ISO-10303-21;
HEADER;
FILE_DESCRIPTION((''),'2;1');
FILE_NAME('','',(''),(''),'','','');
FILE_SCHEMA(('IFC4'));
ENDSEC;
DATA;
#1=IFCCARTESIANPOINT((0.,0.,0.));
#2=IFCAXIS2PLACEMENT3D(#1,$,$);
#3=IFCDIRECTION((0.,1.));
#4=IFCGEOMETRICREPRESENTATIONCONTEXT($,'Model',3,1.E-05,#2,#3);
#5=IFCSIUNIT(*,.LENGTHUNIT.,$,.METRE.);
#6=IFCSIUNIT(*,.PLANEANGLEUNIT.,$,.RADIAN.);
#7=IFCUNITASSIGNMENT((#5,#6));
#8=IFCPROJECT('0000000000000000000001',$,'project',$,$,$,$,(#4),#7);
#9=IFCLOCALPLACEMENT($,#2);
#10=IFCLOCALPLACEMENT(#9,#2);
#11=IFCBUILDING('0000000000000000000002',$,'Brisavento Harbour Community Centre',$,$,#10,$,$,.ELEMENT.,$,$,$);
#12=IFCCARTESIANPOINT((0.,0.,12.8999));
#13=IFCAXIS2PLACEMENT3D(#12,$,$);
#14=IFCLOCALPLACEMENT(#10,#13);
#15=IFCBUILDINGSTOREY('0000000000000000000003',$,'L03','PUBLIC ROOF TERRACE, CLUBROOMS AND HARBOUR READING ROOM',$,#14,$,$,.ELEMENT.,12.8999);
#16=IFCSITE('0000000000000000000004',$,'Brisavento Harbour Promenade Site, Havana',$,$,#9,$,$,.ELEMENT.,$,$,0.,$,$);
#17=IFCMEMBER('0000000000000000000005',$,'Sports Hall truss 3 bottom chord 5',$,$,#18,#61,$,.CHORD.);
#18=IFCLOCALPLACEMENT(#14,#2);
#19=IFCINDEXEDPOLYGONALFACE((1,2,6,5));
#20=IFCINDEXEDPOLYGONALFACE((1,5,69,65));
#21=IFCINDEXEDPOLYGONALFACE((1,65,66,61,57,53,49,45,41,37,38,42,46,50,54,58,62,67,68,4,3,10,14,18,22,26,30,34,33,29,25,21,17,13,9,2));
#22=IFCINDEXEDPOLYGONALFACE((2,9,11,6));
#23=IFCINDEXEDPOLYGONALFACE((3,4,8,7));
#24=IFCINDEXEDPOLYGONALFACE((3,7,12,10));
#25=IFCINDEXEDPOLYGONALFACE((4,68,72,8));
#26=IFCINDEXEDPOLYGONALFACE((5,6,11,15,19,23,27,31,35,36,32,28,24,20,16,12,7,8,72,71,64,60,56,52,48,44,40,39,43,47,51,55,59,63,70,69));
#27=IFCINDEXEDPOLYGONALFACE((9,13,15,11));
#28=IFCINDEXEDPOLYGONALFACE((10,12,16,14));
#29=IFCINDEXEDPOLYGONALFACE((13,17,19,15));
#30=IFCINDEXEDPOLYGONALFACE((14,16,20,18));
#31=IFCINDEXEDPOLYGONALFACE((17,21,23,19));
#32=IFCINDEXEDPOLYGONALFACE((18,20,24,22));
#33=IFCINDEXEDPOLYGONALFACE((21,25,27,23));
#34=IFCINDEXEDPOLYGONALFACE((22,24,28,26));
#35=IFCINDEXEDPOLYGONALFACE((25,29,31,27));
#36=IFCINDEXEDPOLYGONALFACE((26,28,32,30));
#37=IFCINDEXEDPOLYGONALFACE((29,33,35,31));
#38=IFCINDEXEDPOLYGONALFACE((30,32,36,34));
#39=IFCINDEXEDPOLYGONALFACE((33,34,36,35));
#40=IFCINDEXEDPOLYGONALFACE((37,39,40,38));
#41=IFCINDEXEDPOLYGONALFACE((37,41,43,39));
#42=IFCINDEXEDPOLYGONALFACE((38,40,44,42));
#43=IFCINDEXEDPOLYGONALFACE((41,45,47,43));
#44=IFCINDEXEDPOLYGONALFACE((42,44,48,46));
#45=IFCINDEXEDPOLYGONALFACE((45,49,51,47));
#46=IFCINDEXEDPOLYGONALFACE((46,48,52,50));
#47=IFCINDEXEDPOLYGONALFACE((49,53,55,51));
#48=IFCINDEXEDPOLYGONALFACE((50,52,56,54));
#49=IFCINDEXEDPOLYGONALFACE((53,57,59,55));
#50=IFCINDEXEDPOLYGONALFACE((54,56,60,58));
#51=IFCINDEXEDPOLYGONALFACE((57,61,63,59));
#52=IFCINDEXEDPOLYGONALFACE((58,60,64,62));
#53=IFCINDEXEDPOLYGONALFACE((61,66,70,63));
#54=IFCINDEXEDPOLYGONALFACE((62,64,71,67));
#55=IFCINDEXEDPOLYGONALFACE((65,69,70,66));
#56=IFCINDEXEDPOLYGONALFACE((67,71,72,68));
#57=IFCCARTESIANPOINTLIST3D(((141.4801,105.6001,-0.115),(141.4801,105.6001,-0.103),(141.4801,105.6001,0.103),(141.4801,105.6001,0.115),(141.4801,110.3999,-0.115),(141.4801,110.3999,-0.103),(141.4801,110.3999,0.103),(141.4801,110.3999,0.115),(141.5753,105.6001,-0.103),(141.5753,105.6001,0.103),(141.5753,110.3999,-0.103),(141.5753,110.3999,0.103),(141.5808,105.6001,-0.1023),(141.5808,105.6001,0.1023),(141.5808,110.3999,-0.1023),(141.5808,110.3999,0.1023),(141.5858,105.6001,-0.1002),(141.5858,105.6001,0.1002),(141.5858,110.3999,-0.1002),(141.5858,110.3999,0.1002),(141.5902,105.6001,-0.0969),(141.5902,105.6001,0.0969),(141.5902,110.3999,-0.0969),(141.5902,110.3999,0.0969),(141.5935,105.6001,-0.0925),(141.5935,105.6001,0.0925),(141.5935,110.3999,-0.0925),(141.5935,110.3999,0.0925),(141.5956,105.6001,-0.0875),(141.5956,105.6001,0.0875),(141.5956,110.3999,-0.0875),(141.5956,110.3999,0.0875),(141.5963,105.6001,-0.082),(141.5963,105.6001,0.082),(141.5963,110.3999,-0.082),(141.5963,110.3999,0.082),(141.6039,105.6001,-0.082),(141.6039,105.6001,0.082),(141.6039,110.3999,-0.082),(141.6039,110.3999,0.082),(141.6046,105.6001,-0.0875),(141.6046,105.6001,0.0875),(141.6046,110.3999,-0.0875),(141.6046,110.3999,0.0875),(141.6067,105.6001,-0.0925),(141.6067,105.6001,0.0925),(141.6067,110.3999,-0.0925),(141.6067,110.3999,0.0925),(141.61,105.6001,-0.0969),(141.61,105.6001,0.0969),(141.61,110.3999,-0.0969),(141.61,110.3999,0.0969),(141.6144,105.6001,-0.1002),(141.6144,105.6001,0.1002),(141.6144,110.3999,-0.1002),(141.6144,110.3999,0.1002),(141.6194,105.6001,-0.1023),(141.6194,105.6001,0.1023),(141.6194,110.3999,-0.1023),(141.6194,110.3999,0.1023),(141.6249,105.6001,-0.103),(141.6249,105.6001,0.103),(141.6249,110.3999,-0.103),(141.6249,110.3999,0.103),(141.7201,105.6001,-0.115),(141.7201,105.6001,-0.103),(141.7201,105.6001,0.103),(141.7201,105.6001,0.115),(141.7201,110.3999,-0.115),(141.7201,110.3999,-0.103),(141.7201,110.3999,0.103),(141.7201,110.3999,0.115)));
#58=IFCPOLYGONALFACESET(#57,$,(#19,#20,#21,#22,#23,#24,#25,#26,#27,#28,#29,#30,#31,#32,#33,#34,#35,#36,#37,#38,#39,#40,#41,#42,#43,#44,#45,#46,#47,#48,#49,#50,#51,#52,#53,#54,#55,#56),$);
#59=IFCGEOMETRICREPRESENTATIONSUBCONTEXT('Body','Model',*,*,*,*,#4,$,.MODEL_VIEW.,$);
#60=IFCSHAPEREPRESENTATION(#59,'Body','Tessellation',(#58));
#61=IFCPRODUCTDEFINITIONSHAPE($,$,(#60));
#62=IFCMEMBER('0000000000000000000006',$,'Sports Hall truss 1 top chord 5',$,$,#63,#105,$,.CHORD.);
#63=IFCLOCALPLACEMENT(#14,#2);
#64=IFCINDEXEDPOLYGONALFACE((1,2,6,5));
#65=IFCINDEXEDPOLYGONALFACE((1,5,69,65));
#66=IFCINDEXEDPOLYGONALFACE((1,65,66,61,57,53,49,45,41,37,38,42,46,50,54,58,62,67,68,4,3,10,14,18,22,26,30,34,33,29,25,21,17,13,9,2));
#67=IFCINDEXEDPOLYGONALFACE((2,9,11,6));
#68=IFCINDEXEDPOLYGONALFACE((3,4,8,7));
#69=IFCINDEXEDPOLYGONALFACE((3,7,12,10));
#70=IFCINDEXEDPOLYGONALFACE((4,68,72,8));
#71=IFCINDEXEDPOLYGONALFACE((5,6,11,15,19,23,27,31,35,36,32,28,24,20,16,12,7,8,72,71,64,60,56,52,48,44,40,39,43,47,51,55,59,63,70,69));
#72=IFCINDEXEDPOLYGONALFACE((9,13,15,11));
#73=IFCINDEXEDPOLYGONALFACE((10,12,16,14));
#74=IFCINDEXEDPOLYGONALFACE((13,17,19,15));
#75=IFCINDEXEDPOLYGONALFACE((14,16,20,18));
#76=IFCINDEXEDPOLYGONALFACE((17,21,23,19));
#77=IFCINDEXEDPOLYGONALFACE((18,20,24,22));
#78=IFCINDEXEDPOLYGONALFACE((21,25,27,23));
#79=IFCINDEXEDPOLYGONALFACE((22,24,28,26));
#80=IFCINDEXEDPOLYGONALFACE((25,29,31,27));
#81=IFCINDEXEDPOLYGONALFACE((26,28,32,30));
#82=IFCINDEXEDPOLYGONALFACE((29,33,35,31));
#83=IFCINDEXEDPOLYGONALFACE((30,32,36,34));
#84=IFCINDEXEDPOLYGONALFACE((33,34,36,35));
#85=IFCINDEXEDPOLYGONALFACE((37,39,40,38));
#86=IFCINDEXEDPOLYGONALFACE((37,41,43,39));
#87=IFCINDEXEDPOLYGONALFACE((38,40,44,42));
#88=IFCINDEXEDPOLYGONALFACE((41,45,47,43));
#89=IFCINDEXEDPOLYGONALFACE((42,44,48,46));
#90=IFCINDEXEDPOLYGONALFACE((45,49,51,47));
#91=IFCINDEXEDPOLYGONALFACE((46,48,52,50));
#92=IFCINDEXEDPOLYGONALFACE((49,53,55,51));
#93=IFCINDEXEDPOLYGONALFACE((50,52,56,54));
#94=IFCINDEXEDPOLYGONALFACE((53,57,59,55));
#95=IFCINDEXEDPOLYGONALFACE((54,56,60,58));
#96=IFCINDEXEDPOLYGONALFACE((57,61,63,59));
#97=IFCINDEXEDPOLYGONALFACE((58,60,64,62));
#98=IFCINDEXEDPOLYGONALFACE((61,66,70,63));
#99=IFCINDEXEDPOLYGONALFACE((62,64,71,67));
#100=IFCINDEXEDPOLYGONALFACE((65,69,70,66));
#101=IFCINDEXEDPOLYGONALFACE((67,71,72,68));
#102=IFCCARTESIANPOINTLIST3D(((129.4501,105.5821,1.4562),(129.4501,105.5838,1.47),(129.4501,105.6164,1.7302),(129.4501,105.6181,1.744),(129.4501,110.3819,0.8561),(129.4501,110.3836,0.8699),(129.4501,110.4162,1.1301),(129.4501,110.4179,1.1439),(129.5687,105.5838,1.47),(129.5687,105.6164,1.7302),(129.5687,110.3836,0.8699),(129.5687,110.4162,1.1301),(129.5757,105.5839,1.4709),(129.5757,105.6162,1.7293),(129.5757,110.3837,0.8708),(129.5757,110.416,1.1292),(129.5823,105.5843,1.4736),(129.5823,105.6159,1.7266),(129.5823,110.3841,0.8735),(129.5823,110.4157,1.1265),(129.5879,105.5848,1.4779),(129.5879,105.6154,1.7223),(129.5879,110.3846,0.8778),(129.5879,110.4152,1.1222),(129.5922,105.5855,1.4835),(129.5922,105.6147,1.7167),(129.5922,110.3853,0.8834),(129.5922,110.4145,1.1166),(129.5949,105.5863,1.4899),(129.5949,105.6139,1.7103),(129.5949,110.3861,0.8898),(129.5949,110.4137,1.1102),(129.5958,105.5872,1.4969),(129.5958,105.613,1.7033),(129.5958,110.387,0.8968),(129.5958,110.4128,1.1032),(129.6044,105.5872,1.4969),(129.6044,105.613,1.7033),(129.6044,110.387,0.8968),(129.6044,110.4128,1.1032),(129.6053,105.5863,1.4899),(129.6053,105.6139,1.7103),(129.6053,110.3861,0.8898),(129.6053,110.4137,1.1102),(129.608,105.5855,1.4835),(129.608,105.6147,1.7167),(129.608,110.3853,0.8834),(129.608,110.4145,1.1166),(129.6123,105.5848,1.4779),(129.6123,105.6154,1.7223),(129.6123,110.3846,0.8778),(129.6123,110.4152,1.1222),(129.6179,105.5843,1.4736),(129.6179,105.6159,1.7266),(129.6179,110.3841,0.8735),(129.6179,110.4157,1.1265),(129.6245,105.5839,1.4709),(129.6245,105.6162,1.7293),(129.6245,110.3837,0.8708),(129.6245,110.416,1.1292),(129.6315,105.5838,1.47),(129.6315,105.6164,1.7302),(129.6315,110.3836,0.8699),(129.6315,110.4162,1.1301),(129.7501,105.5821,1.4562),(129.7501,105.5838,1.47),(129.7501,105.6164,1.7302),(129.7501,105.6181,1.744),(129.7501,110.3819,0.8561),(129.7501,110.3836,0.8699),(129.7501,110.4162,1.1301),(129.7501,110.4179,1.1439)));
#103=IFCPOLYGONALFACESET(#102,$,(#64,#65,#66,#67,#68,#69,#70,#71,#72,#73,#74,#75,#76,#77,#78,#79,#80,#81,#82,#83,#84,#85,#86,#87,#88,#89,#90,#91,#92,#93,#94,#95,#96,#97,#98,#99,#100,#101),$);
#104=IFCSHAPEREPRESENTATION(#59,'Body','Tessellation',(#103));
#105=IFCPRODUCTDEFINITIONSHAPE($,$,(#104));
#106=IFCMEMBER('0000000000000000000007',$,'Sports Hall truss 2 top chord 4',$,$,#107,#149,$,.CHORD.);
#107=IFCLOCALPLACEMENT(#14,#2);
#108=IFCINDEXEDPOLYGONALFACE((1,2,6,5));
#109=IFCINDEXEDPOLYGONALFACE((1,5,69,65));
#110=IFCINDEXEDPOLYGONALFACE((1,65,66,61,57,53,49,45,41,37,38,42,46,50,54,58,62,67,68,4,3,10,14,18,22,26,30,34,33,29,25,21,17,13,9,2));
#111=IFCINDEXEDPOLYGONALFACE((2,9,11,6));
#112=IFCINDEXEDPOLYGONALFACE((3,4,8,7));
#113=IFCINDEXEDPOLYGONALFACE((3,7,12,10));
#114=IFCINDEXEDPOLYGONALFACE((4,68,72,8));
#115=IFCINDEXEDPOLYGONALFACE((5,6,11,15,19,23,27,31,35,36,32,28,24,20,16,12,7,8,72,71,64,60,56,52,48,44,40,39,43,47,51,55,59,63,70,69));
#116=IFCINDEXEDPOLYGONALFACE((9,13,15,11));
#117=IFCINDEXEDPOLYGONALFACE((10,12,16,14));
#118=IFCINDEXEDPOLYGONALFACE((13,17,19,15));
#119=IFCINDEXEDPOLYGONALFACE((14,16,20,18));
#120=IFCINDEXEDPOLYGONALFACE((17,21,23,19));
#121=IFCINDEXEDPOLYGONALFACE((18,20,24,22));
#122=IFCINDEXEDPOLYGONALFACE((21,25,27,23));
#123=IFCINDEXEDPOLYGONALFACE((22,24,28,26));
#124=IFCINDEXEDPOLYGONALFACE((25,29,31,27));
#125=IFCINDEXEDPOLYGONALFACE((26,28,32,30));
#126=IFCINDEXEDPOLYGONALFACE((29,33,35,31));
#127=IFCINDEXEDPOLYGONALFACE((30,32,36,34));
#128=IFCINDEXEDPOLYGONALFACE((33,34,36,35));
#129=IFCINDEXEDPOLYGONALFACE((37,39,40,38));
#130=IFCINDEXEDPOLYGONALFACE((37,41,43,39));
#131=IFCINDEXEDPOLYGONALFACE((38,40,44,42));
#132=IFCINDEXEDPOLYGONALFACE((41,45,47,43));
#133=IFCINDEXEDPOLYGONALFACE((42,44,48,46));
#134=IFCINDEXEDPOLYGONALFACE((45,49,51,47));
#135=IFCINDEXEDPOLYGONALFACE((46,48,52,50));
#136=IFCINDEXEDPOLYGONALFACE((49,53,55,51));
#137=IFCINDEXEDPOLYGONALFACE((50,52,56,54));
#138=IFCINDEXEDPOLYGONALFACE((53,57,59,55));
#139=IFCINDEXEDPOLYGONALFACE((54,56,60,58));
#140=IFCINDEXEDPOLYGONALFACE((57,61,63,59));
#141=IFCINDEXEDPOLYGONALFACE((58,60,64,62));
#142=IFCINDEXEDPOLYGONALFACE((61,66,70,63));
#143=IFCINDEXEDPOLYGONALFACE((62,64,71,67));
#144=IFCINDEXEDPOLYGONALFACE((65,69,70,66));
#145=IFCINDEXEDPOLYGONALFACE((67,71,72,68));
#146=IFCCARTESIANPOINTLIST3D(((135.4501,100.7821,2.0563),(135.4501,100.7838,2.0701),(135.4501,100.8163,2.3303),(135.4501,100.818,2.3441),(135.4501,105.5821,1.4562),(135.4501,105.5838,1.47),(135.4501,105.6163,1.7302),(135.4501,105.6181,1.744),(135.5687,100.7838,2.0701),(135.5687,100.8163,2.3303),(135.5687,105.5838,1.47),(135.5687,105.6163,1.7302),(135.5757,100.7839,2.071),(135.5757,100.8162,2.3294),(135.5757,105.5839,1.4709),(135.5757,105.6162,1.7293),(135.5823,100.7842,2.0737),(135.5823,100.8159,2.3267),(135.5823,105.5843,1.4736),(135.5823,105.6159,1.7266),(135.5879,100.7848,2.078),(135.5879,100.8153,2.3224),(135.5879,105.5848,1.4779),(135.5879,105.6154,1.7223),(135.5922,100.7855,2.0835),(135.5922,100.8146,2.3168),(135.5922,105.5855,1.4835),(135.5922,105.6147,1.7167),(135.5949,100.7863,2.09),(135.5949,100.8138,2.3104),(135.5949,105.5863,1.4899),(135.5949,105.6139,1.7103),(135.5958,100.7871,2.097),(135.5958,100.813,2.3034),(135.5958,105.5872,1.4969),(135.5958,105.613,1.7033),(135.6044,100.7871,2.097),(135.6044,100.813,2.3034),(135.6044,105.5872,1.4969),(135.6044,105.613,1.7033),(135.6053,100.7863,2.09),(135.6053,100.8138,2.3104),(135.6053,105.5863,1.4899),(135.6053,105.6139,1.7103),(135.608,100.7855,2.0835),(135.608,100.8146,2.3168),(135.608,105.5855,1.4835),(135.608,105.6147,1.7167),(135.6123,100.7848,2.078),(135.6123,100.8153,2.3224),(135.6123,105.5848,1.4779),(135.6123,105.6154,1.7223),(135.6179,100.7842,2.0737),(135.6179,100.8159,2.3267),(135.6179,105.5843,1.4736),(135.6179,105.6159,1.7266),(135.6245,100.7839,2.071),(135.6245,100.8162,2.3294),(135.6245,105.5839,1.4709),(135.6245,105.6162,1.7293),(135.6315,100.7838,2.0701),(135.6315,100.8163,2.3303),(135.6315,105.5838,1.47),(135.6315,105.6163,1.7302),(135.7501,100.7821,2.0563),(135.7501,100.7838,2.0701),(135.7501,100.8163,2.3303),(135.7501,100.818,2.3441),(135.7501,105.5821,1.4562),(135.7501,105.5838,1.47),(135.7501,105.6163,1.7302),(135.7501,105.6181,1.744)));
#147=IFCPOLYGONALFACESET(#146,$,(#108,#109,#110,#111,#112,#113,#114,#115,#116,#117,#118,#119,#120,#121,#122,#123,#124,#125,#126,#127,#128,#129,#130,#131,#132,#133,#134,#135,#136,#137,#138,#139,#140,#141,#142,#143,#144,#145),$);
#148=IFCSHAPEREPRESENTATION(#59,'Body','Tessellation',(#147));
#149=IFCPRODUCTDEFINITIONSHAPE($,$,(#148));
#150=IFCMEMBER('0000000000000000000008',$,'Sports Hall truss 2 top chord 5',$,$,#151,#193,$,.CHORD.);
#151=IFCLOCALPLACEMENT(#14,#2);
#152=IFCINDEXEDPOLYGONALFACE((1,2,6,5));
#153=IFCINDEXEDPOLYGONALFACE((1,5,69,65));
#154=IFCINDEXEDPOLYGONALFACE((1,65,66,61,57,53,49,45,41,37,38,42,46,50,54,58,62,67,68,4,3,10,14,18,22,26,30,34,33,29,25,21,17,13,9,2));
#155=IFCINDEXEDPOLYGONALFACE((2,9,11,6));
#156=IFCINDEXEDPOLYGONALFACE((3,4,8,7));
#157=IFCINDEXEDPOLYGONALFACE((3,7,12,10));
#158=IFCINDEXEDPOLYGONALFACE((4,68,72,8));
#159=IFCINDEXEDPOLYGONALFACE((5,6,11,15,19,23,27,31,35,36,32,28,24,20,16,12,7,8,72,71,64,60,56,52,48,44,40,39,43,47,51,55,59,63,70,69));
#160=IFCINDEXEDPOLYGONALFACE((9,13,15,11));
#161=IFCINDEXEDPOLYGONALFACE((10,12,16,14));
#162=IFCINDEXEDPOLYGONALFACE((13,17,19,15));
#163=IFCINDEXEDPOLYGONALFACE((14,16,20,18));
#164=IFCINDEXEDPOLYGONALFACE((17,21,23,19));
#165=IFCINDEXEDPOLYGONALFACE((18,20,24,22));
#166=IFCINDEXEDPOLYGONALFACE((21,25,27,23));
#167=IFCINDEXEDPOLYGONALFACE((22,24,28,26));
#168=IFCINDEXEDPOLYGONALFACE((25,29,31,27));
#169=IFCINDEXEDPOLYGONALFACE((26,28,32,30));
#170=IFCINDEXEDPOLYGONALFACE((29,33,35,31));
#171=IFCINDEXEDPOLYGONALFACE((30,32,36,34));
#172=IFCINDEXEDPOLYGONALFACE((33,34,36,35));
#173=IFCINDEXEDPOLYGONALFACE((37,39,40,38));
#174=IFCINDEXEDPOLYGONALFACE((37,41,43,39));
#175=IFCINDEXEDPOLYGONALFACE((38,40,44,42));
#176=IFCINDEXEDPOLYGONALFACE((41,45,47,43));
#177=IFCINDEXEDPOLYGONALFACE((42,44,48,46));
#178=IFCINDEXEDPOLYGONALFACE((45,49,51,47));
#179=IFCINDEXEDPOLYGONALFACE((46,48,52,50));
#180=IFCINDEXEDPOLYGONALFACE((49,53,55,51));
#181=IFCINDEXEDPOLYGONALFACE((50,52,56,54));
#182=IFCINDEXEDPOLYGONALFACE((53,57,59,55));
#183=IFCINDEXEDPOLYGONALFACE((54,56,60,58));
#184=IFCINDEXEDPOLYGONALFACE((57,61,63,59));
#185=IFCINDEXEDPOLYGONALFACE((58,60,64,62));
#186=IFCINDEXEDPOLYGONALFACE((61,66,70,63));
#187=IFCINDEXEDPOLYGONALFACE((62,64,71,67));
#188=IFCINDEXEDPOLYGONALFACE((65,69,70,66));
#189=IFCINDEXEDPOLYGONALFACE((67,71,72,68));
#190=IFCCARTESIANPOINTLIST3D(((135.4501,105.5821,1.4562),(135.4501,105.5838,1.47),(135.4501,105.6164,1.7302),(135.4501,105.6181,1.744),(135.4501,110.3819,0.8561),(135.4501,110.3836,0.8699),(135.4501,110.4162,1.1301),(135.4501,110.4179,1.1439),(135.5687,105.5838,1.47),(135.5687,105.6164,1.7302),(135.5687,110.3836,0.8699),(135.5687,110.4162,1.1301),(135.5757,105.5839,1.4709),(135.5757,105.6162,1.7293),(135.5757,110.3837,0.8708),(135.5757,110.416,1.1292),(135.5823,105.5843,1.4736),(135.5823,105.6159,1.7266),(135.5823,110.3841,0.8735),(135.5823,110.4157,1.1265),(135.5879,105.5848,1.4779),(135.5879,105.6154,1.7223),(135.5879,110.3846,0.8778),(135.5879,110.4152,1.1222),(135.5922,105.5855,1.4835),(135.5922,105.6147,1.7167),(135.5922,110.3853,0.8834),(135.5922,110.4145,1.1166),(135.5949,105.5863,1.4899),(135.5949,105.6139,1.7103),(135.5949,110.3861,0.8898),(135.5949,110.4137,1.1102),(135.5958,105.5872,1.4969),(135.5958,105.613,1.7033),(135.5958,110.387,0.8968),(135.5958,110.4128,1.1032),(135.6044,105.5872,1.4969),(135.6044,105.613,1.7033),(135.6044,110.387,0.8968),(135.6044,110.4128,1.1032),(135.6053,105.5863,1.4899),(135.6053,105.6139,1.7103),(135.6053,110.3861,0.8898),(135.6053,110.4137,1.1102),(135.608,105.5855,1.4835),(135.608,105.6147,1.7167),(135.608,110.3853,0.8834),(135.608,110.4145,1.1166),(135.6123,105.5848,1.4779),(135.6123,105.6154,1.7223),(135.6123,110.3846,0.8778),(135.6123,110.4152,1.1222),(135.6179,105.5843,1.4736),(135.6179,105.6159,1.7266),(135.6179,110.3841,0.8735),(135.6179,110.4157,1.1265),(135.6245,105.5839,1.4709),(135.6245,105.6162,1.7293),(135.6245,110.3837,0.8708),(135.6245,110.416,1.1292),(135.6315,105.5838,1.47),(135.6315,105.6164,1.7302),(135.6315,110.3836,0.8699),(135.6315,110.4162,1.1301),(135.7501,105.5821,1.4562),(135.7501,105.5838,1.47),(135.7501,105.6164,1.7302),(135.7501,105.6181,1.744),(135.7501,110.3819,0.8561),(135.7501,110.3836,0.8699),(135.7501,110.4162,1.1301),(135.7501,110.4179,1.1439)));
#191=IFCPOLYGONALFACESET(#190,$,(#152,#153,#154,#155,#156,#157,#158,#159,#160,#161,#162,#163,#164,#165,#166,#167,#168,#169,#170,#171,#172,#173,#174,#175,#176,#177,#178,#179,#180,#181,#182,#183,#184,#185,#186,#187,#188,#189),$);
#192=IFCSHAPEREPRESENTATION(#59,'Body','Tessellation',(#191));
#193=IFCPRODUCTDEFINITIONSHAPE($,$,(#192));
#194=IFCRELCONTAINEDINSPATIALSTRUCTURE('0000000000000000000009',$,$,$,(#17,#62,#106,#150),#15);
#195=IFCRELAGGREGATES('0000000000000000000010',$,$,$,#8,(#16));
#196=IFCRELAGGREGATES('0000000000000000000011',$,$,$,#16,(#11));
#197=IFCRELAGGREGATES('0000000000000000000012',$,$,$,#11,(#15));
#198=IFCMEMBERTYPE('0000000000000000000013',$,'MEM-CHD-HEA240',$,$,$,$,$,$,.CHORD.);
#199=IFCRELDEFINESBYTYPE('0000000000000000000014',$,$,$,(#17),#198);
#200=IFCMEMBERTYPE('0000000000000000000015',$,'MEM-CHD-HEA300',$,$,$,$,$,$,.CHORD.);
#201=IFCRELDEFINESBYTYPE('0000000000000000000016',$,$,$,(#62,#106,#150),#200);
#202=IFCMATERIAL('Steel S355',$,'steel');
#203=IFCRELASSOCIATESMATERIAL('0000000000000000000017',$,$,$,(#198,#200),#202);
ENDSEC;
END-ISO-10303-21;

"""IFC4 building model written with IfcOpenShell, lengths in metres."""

from ifc_helpers import new_model, si_unit, direction, frame, origin, origin_2d, place, context, subcontext, project, spatial, i_section, extrude, material, material_profile, profile_set, type_object, element, save


model = new_model("IFC4")

# Units and contexts
model_context = context("Model", 3, precision=1e-05, world=origin(), true_north=direction((0.0, 1.0)))
body_context = subcontext(model_context, "Body", "Model", "MODEL_VIEW")
ifc_project = project(units=[si_unit("LENGTHUNIT", "METRE"), si_unit("PLANEANGLEUNIT", "RADIAN")], contexts=[model_context])

# Site, building, storey
site_placement = place(None, origin())
site = spatial("IfcSite", under=ifc_project, at=site_placement, Name="Brisavento Harbour Promenade Site, Havana", CompositionType="ELEMENT", RefElevation=0.0)
building_placement = place(site_placement, origin())
building = spatial("IfcBuilding", under=site, at=building_placement, Name="Brisavento Harbour Community Centre", CompositionType="ELEMENT")
storey_placement = place(building_placement, frame((0.0, 0.0, 12.8999)))
storey = spatial("IfcBuildingStorey", under=building, at=storey_placement, Name="L03", Description="PUBLIC ROOF TERRACE, CLUBROOMS AND HARBOUR READING ROOM", CompositionType="ELEMENT", Elevation=12.8999)

# Members
ifc_material_1 = material(Name="Steel S355", Category="steel")
ifc_material_profile_1 = material_profile(ifc_material_1, i_section(OverallWidth=0.24, OverallDepth=0.23, WebThickness=0.0076, FlangeThickness=0.012, FilletRadius=0.021, at=origin_2d()), Name="Steel S355")
ifc_profile_set_1 = profile_set([ifc_material_profile_1], Name="Steel S355")
member_type_1 = type_object("IfcMemberType", Name="MEM-CHD-HEA240", PredefinedType="CHORD", material=ifc_profile_set_1)
member_1_placement = place(storey_placement, frame((141.6001, 105.6001, 0.0), z_axis=(0.0, 1.0, 0.0), x_axis=(-1.0, 0.0, 0.0)))
element("IfcMember", 1, at=member_1_placement, inside=storey, type_object=member_type_1, Name="Sports Hall truss 3 bottom chord 5", PredefinedType="CHORD", context=body_context, shape_type="SweptSolid", body=[
    extrude(i_section(OverallWidth=0.24, OverallDepth=0.23, WebThickness=0.0076, FlangeThickness=0.012, FilletRadius=0.021, at=origin_2d()), origin(), (0.0, 0.0, 1.0), 4.7998),
])
ifc_material_profile_2 = material_profile(ifc_material_1, i_section(OverallWidth=0.3, OverallDepth=0.29, WebThickness=0.0085, FlangeThickness=0.0139, FilletRadius=0.0271, at=origin_2d()), Name="Steel S355")
ifc_profile_set_2 = profile_set([ifc_material_profile_2], Name="Steel S355")
member_type_2 = type_object("IfcMemberType", Name="MEM-CHD-HEA300", PredefinedType="CHORD", material=ifc_profile_set_2)
member_2_placement = place(storey_placement, frame((129.6001, 105.6001, 1.6001), z_axis=(0.0, 0.992275, -0.12406), x_axis=(-1.0, 0.0, 0.0)))
element("IfcMember", 2, at=member_2_placement, inside=storey, type_object=member_type_2, Name="Sports Hall truss 1 top chord 5", PredefinedType="CHORD", context=body_context, shape_type="SweptSolid", body=[
    extrude(i_section(OverallWidth=0.3, OverallDepth=0.29, WebThickness=0.0085, FlangeThickness=0.0139, FilletRadius=0.0271, at=origin_2d()), origin(), (0.0, 0.0, 1.0), 4.8372),
])
member_3_placement = place(storey_placement, frame((135.6001, 100.8, 2.2002), z_axis=(0.0, 0.992276, -0.124053), x_axis=(-1.0, 0.0, 0.0)))
element("IfcMember", 3, at=member_3_placement, inside=storey, type_object=member_type_2, Name="Sports Hall truss 2 top chord 4", PredefinedType="CHORD", context=body_context, shape_type="SweptSolid", body=[
    extrude(i_section(OverallWidth=0.3, OverallDepth=0.29, WebThickness=0.0085, FlangeThickness=0.0139, FilletRadius=0.0271, at=origin_2d()), origin(), (0.0, 0.0, 1.0), 4.8374),
])
member_4_placement = place(storey_placement, frame((135.6001, 105.6001, 1.6001), z_axis=(0.0, 0.992275, -0.12406), x_axis=(-1.0, 0.0, 0.0)))
element("IfcMember", 4, at=member_4_placement, inside=storey, type_object=member_type_2, Name="Sports Hall truss 2 top chord 5", PredefinedType="CHORD", context=body_context, shape_type="SweptSolid", body=[
    extrude(i_section(OverallWidth=0.3, OverallDepth=0.29, WebThickness=0.0085, FlangeThickness=0.0139, FilletRadius=0.0271, at=origin_2d()), origin(), (0.0, 0.0, 1.0), 4.8372),
])

save(model, "model.ifc")
